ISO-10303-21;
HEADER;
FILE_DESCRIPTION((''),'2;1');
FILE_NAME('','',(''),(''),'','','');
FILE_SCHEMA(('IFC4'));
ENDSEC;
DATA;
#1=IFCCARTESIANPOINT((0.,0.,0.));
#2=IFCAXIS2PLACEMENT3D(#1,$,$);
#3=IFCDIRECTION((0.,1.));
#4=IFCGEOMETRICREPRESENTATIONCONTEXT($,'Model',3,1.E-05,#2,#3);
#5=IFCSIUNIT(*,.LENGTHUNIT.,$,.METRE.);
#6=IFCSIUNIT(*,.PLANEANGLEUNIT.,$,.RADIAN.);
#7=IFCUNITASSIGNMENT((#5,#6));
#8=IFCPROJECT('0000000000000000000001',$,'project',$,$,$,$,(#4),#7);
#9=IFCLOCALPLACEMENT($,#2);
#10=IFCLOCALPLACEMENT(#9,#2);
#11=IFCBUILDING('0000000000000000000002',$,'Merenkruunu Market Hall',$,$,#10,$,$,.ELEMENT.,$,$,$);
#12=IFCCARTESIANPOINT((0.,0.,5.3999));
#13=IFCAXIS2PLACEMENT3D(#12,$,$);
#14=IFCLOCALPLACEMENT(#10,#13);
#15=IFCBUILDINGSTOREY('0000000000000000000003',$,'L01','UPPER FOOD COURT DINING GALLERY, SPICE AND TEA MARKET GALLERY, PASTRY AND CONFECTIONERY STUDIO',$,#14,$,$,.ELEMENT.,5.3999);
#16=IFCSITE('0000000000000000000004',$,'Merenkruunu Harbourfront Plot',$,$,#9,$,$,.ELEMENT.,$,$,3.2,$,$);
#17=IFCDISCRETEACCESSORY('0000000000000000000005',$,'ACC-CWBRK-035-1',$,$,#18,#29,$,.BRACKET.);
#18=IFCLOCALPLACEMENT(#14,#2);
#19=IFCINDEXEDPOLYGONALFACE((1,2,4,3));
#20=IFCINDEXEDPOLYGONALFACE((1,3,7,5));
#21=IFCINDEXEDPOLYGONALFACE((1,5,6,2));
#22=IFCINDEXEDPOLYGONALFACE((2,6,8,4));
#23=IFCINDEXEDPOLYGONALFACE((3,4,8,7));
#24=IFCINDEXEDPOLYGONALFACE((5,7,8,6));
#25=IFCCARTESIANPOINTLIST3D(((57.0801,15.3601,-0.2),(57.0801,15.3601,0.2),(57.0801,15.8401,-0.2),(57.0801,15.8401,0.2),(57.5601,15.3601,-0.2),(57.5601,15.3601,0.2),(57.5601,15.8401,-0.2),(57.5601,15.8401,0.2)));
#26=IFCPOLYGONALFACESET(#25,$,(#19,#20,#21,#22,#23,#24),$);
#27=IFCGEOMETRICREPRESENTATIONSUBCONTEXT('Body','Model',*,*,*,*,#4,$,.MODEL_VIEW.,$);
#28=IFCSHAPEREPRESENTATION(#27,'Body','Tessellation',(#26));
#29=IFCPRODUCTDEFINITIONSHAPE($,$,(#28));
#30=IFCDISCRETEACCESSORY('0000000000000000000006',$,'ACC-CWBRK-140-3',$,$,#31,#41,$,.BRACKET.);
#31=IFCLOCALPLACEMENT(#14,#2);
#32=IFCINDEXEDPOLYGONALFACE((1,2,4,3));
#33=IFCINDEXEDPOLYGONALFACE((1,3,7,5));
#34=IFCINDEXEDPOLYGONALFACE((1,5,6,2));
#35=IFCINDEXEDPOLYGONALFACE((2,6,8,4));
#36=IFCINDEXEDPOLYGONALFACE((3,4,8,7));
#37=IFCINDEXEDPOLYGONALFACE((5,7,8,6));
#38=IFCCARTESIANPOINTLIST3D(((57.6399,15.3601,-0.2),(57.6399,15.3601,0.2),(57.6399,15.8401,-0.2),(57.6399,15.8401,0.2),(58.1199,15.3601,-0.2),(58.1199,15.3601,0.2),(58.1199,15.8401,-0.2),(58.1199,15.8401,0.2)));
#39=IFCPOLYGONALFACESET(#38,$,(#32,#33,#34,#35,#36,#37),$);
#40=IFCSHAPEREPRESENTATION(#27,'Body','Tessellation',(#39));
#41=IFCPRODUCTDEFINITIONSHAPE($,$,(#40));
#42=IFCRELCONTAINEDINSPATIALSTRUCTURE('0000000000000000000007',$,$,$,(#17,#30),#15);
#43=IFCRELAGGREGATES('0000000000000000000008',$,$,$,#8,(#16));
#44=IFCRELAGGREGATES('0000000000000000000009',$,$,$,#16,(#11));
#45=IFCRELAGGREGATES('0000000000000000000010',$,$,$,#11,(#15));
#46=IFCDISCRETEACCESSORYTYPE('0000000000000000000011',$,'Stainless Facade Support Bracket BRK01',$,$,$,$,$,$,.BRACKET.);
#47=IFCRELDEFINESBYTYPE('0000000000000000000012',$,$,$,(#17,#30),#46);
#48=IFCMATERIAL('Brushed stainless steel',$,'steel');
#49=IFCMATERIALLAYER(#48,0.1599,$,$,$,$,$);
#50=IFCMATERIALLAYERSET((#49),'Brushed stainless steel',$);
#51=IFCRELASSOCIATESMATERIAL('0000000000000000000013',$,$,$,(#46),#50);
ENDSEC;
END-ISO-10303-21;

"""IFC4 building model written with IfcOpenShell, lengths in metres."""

from ifc_helpers import new_model, si_unit, direction, frame, origin, origin_2d, place, context, subcontext, project, spatial, rectangle, extrude, material, layer, layer_set, type_object, element, save


model = new_model("IFC4")

# Units and contexts
model_context = context("Model", 3, precision=1e-05, world=origin(), true_north=direction((0.0, 1.0)))
body_context = subcontext(model_context, "Body", "Model", "MODEL_VIEW")
ifc_project = project(units=[si_unit("LENGTHUNIT", "METRE"), si_unit("PLANEANGLEUNIT", "RADIAN")], contexts=[model_context])

# Site, building, storey
site_placement = place(None, origin())
site = spatial("IfcSite", under=ifc_project, at=site_placement, Name="Merenkruunu Harbourfront Plot", CompositionType="ELEMENT", RefElevation=3.2)
building_placement = place(site_placement, origin())
building = spatial("IfcBuilding", under=site, at=building_placement, Name="Merenkruunu Market Hall", CompositionType="ELEMENT")
storey_placement = place(building_placement, frame((0.0, 0.0, 5.3999)))
storey = spatial("IfcBuildingStorey", under=building, at=storey_placement, Name="L01", Description="UPPER FOOD COURT DINING GALLERY, SPICE AND TEA MARKET GALLERY, PASTRY AND CONFECTIONERY STUDIO", CompositionType="ELEMENT", Elevation=5.3999)

# Discrete accessories
ifc_material_1 = material(Name="Brushed stainless steel", Category="steel")
ifc_layer_1 = layer(ifc_material_1, 0.1599)
ifc_layer_set_1 = layer_set([ifc_layer_1], Name="Brushed stainless steel")
discrete_accessory_type = type_object("IfcDiscreteAccessoryType", Name="Stainless Facade Support Bracket BRK01", PredefinedType="BRACKET", material=ifc_layer_set_1)
for number, where, z_axis, x_axis, name in (
    (1, (57.3201, 15.6001, -0.2), (0.0, 0.0, 1.0), (1.0, 0.0, 0.0), "ACC-CWBRK-035-1"),
    (2, (57.8799, 15.6001, -0.2), (0.0, 0.0, 1.0), (1.0, 0.0, 0.0), "ACC-CWBRK-140-3"),
):
    element("IfcDiscreteAccessory", number, at=place(storey_placement, frame(where, z_axis=z_axis, x_axis=x_axis)), inside=storey, type_object=discrete_accessory_type, Name=name, PredefinedType="BRACKET", context=body_context, shape_type="SweptSolid", body=[
        extrude(rectangle(XDim=0.48, YDim=0.48, at=origin_2d()), origin(), (0.0, 0.0, 1.0), 0.3999),
    ])

save(model, "model.ifc")
